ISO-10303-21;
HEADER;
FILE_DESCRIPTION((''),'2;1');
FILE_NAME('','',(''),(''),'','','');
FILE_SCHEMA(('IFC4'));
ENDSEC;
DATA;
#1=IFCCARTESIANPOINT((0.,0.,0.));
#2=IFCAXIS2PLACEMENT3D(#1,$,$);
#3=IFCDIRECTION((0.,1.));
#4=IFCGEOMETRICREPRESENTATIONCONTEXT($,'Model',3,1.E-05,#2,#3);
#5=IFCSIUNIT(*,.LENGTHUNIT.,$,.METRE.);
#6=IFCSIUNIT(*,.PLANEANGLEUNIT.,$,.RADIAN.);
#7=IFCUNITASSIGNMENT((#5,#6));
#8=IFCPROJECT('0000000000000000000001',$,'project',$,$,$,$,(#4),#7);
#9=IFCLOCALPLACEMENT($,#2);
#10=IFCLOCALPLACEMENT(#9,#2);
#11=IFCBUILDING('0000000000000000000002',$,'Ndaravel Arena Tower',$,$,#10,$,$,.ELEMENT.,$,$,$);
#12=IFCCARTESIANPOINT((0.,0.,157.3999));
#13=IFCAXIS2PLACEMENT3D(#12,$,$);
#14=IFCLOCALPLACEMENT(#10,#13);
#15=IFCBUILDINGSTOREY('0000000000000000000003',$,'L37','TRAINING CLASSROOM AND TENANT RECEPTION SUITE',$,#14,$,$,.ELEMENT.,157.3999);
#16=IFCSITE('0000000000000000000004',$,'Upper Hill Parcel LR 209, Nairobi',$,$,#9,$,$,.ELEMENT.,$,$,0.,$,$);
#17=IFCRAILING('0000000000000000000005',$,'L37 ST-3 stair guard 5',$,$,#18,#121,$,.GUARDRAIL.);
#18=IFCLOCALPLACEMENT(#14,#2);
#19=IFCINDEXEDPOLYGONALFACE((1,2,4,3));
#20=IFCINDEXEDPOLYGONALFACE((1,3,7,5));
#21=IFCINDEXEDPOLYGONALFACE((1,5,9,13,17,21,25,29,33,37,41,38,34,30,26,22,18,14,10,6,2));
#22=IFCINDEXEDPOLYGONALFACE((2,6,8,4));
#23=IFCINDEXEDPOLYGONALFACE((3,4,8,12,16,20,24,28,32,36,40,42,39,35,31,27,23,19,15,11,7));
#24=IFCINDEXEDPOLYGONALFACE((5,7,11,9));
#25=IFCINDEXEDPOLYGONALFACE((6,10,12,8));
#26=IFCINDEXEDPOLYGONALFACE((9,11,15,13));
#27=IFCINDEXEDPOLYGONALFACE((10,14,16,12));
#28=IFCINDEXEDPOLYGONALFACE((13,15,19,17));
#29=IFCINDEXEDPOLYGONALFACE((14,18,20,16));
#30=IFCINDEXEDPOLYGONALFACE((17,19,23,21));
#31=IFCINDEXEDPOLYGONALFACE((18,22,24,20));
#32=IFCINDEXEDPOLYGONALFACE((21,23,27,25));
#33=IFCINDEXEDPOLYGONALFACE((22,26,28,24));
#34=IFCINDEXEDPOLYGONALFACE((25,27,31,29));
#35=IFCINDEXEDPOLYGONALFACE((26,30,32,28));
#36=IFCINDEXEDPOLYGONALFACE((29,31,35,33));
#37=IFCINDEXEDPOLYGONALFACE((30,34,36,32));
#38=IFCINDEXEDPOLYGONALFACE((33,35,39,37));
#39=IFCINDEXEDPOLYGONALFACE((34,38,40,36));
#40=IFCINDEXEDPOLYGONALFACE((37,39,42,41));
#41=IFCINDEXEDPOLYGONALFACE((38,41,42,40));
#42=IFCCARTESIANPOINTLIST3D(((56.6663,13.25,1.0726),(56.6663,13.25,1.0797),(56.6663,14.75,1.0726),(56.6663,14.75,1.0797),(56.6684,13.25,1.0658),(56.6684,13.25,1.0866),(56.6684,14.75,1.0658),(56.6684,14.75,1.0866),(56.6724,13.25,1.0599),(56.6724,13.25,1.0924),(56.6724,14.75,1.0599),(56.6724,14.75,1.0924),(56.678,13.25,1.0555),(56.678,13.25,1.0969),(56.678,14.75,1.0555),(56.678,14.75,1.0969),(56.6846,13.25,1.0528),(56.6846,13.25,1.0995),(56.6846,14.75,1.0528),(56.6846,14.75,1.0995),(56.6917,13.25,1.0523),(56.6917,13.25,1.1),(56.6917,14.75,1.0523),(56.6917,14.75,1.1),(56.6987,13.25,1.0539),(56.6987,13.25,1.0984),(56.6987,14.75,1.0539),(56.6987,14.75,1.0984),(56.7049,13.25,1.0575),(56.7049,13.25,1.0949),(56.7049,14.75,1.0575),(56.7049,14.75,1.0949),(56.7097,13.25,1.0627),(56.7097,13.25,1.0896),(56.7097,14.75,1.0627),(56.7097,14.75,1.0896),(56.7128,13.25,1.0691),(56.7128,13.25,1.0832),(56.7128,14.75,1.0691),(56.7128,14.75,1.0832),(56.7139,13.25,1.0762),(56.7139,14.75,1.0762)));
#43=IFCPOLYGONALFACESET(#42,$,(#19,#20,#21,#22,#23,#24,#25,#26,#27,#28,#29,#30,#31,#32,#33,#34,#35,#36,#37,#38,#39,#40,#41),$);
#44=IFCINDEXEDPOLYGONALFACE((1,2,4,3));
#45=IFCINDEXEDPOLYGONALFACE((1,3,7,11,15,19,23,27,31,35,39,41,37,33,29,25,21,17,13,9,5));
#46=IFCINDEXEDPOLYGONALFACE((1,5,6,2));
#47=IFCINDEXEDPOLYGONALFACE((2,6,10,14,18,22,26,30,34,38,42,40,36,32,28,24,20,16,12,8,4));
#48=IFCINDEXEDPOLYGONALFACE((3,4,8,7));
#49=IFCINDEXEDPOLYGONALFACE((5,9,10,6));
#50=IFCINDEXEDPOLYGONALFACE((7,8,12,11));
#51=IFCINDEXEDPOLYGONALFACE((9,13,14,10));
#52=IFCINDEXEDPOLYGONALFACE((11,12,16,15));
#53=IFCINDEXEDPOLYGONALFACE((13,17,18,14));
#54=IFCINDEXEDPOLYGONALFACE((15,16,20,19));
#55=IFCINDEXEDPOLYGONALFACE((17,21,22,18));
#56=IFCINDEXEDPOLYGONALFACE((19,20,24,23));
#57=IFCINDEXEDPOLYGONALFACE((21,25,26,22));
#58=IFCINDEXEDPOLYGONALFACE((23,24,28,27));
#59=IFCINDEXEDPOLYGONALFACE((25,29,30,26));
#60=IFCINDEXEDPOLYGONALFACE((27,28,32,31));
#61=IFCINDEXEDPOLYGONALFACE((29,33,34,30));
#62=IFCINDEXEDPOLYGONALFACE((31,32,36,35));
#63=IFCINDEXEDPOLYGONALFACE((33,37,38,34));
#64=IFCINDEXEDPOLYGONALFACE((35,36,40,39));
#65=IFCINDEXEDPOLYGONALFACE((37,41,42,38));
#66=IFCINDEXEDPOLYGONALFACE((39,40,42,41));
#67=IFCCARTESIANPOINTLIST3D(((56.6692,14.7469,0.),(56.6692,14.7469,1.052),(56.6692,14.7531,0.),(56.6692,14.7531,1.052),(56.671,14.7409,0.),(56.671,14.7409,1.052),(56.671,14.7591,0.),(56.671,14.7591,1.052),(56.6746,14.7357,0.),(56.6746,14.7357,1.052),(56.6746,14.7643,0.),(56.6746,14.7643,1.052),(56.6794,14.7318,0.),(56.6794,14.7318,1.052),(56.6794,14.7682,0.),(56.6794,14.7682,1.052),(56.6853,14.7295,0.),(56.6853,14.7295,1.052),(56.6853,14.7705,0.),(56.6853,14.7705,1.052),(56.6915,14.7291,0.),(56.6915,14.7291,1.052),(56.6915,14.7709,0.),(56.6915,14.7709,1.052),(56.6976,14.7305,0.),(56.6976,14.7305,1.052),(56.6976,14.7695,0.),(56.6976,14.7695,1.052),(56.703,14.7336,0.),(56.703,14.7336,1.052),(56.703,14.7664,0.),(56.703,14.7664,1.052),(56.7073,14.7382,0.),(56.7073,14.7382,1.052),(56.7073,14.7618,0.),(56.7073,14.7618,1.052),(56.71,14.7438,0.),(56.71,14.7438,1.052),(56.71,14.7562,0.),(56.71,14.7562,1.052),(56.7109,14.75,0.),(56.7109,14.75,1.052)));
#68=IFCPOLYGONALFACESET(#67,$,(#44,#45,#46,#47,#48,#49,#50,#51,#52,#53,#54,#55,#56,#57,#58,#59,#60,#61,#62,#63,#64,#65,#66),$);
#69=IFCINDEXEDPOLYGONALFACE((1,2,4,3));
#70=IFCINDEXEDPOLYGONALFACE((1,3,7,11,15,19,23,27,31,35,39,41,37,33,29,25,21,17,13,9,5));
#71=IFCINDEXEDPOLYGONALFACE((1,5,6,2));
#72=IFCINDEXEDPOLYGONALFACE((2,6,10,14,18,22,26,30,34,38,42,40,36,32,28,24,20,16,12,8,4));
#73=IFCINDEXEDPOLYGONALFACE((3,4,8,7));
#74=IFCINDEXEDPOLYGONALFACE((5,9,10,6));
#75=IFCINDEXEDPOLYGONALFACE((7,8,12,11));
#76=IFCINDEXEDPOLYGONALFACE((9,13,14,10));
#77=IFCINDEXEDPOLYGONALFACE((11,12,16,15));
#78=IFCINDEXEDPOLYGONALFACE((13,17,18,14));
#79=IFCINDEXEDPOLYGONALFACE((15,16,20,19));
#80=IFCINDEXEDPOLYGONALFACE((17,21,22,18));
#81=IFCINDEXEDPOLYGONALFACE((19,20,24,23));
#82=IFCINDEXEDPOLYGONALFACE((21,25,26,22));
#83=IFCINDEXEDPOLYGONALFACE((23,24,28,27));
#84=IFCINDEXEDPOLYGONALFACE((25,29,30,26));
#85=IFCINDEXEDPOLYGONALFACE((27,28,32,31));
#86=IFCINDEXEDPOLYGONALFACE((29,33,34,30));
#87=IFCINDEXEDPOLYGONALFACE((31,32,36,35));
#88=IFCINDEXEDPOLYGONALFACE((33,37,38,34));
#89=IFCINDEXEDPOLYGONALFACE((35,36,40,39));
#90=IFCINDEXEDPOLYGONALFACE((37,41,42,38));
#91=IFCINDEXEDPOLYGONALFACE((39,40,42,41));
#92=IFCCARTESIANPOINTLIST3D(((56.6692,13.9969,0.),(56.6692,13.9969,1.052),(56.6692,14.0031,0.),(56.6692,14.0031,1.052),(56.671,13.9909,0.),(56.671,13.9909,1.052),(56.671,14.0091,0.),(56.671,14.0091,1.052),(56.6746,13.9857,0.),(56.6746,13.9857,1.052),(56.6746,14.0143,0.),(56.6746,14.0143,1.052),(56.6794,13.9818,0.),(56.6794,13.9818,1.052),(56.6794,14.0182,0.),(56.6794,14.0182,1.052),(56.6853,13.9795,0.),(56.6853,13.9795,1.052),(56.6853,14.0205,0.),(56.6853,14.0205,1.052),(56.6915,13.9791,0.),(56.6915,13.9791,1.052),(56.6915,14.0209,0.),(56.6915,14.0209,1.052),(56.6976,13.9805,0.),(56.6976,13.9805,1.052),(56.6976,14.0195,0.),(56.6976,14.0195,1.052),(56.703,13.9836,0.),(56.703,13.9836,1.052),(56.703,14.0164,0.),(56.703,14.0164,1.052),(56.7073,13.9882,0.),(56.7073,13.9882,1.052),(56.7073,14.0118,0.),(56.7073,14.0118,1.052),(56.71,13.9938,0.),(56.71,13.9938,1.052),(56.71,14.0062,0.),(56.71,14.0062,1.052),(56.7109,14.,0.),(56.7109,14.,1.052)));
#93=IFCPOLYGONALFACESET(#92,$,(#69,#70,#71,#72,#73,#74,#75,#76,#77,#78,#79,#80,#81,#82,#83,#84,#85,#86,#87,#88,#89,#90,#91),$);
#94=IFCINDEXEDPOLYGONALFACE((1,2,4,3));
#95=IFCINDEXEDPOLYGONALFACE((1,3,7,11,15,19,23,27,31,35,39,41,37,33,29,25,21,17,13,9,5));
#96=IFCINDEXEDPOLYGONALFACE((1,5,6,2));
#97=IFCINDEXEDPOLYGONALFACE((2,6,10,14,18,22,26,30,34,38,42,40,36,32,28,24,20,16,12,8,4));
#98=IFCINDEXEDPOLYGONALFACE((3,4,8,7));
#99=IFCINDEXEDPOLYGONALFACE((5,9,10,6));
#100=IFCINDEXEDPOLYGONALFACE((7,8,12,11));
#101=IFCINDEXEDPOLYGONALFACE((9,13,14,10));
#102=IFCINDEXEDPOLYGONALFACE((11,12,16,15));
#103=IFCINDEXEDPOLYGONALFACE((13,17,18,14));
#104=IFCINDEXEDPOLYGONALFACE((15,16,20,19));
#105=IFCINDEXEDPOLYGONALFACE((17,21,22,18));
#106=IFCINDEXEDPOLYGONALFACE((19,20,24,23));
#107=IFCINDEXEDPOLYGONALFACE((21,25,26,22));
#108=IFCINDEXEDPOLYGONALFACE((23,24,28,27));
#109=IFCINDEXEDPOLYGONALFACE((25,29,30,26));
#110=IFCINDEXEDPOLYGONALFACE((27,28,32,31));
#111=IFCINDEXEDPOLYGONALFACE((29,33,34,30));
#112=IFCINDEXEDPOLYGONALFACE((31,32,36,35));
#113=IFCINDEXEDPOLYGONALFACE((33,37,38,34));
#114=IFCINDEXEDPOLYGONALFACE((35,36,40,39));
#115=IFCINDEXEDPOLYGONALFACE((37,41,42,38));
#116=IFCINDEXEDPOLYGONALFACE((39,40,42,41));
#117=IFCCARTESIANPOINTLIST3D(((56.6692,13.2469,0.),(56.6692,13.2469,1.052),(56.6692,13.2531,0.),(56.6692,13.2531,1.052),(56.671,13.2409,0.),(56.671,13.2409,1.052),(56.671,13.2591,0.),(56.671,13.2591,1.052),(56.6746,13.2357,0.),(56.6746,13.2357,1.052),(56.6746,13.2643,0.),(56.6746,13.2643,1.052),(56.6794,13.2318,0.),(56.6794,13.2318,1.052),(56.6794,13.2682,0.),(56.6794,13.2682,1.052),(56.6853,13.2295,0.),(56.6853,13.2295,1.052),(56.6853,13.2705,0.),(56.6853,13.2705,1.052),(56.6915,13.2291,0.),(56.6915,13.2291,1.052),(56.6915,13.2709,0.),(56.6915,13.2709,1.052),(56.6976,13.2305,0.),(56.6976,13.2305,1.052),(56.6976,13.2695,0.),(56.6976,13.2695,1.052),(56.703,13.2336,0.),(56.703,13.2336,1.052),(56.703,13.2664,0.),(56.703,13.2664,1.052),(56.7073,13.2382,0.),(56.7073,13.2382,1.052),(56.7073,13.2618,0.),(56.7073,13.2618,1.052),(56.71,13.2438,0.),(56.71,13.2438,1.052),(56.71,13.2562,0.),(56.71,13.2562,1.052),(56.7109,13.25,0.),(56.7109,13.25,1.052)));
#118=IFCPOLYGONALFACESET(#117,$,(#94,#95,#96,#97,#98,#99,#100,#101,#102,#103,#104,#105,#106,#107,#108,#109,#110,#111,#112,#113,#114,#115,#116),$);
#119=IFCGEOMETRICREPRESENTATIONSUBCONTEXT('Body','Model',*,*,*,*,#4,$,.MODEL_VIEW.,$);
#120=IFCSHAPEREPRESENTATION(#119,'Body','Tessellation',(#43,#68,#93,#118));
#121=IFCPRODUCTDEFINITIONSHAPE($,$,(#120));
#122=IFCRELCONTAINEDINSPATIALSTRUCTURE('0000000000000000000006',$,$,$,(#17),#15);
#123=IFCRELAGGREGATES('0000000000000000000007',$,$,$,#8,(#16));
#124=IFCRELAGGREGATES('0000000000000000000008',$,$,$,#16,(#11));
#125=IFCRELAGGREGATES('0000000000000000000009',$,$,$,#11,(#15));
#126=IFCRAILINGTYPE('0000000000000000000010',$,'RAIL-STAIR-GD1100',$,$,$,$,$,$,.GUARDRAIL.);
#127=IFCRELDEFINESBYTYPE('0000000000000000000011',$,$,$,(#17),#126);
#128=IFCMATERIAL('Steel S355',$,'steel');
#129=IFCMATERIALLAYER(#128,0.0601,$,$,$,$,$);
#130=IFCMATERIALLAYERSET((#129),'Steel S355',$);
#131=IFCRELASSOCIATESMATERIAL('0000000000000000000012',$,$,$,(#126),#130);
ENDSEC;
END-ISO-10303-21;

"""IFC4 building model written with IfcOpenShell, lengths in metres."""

from ifc_helpers import new_model, si_unit, direction, frame, origin, origin_2d, place, context, subcontext, project, spatial, circle, extrude, material, layer, layer_set, type_object, element, save


model = new_model("IFC4")

# Units and contexts
model_context = context("Model", 3, precision=1e-05, world=origin(), true_north=direction((0.0, 1.0)))
body_context = subcontext(model_context, "Body", "Model", "MODEL_VIEW")
ifc_project = project(units=[si_unit("LENGTHUNIT", "METRE"), si_unit("PLANEANGLEUNIT", "RADIAN")], contexts=[model_context])

# Site, building, storey
site_placement = place(None, origin())
site = spatial("IfcSite", under=ifc_project, at=site_placement, Name="Upper Hill Parcel LR 209, Nairobi", CompositionType="ELEMENT", RefElevation=0.0)
building_placement = place(site_placement, origin())
building = spatial("IfcBuilding", under=site, at=building_placement, Name="Ndaravel Arena Tower", CompositionType="ELEMENT")
storey_placement = place(building_placement, frame((0.0, 0.0, 157.3999)))
storey = spatial("IfcBuildingStorey", under=building, at=storey_placement, Name="L37", Description="TRAINING CLASSROOM AND TENANT RECEPTION SUITE", CompositionType="ELEMENT", Elevation=157.3999)

# Railing
ifc_material_1 = material(Name="Steel S355", Category="steel")
ifc_layer_1 = layer(ifc_material_1, 0.0601)
ifc_layer_set_1 = layer_set([ifc_layer_1], Name="Steel S355")
railing_type = type_object("IfcRailingType", Name="RAIL-STAIR-GD1100", PredefinedType="GUARDRAIL", material=ifc_layer_set_1)
railing_1_placement = place(storey_placement, frame((56.6899, 14.75, 0.0)))
element("IfcRailing", 1, at=railing_1_placement, inside=storey, type_object=railing_type, Name="L37 ST-3 stair guard 5", PredefinedType="GUARDRAIL", context=body_context, shape_type="SweptSolid", body=[
    extrude(circle(Radius=0.0239, at=origin_2d()), frame((0.0, 0.0, 1.0762), z_axis=(0.0, -1.0, 0.0), x_axis=(1.0, 0.0, 0.0)), (0.0, 0.0, 1.0), 1.5),
    extrude(circle(Radius=0.021, at=origin_2d()), origin(), (0.0, 0.0, 1.0), 1.052),
    extrude(circle(Radius=0.021, at=origin_2d()), frame((0.0, -0.75, 0.0)), (0.0, 0.0, 1.0), 1.052),
    extrude(circle(Radius=0.021, at=origin_2d()), frame((0.0, -1.5, 0.0)), (0.0, 0.0, 1.0), 1.052),
])

save(model, "model.ifc")
